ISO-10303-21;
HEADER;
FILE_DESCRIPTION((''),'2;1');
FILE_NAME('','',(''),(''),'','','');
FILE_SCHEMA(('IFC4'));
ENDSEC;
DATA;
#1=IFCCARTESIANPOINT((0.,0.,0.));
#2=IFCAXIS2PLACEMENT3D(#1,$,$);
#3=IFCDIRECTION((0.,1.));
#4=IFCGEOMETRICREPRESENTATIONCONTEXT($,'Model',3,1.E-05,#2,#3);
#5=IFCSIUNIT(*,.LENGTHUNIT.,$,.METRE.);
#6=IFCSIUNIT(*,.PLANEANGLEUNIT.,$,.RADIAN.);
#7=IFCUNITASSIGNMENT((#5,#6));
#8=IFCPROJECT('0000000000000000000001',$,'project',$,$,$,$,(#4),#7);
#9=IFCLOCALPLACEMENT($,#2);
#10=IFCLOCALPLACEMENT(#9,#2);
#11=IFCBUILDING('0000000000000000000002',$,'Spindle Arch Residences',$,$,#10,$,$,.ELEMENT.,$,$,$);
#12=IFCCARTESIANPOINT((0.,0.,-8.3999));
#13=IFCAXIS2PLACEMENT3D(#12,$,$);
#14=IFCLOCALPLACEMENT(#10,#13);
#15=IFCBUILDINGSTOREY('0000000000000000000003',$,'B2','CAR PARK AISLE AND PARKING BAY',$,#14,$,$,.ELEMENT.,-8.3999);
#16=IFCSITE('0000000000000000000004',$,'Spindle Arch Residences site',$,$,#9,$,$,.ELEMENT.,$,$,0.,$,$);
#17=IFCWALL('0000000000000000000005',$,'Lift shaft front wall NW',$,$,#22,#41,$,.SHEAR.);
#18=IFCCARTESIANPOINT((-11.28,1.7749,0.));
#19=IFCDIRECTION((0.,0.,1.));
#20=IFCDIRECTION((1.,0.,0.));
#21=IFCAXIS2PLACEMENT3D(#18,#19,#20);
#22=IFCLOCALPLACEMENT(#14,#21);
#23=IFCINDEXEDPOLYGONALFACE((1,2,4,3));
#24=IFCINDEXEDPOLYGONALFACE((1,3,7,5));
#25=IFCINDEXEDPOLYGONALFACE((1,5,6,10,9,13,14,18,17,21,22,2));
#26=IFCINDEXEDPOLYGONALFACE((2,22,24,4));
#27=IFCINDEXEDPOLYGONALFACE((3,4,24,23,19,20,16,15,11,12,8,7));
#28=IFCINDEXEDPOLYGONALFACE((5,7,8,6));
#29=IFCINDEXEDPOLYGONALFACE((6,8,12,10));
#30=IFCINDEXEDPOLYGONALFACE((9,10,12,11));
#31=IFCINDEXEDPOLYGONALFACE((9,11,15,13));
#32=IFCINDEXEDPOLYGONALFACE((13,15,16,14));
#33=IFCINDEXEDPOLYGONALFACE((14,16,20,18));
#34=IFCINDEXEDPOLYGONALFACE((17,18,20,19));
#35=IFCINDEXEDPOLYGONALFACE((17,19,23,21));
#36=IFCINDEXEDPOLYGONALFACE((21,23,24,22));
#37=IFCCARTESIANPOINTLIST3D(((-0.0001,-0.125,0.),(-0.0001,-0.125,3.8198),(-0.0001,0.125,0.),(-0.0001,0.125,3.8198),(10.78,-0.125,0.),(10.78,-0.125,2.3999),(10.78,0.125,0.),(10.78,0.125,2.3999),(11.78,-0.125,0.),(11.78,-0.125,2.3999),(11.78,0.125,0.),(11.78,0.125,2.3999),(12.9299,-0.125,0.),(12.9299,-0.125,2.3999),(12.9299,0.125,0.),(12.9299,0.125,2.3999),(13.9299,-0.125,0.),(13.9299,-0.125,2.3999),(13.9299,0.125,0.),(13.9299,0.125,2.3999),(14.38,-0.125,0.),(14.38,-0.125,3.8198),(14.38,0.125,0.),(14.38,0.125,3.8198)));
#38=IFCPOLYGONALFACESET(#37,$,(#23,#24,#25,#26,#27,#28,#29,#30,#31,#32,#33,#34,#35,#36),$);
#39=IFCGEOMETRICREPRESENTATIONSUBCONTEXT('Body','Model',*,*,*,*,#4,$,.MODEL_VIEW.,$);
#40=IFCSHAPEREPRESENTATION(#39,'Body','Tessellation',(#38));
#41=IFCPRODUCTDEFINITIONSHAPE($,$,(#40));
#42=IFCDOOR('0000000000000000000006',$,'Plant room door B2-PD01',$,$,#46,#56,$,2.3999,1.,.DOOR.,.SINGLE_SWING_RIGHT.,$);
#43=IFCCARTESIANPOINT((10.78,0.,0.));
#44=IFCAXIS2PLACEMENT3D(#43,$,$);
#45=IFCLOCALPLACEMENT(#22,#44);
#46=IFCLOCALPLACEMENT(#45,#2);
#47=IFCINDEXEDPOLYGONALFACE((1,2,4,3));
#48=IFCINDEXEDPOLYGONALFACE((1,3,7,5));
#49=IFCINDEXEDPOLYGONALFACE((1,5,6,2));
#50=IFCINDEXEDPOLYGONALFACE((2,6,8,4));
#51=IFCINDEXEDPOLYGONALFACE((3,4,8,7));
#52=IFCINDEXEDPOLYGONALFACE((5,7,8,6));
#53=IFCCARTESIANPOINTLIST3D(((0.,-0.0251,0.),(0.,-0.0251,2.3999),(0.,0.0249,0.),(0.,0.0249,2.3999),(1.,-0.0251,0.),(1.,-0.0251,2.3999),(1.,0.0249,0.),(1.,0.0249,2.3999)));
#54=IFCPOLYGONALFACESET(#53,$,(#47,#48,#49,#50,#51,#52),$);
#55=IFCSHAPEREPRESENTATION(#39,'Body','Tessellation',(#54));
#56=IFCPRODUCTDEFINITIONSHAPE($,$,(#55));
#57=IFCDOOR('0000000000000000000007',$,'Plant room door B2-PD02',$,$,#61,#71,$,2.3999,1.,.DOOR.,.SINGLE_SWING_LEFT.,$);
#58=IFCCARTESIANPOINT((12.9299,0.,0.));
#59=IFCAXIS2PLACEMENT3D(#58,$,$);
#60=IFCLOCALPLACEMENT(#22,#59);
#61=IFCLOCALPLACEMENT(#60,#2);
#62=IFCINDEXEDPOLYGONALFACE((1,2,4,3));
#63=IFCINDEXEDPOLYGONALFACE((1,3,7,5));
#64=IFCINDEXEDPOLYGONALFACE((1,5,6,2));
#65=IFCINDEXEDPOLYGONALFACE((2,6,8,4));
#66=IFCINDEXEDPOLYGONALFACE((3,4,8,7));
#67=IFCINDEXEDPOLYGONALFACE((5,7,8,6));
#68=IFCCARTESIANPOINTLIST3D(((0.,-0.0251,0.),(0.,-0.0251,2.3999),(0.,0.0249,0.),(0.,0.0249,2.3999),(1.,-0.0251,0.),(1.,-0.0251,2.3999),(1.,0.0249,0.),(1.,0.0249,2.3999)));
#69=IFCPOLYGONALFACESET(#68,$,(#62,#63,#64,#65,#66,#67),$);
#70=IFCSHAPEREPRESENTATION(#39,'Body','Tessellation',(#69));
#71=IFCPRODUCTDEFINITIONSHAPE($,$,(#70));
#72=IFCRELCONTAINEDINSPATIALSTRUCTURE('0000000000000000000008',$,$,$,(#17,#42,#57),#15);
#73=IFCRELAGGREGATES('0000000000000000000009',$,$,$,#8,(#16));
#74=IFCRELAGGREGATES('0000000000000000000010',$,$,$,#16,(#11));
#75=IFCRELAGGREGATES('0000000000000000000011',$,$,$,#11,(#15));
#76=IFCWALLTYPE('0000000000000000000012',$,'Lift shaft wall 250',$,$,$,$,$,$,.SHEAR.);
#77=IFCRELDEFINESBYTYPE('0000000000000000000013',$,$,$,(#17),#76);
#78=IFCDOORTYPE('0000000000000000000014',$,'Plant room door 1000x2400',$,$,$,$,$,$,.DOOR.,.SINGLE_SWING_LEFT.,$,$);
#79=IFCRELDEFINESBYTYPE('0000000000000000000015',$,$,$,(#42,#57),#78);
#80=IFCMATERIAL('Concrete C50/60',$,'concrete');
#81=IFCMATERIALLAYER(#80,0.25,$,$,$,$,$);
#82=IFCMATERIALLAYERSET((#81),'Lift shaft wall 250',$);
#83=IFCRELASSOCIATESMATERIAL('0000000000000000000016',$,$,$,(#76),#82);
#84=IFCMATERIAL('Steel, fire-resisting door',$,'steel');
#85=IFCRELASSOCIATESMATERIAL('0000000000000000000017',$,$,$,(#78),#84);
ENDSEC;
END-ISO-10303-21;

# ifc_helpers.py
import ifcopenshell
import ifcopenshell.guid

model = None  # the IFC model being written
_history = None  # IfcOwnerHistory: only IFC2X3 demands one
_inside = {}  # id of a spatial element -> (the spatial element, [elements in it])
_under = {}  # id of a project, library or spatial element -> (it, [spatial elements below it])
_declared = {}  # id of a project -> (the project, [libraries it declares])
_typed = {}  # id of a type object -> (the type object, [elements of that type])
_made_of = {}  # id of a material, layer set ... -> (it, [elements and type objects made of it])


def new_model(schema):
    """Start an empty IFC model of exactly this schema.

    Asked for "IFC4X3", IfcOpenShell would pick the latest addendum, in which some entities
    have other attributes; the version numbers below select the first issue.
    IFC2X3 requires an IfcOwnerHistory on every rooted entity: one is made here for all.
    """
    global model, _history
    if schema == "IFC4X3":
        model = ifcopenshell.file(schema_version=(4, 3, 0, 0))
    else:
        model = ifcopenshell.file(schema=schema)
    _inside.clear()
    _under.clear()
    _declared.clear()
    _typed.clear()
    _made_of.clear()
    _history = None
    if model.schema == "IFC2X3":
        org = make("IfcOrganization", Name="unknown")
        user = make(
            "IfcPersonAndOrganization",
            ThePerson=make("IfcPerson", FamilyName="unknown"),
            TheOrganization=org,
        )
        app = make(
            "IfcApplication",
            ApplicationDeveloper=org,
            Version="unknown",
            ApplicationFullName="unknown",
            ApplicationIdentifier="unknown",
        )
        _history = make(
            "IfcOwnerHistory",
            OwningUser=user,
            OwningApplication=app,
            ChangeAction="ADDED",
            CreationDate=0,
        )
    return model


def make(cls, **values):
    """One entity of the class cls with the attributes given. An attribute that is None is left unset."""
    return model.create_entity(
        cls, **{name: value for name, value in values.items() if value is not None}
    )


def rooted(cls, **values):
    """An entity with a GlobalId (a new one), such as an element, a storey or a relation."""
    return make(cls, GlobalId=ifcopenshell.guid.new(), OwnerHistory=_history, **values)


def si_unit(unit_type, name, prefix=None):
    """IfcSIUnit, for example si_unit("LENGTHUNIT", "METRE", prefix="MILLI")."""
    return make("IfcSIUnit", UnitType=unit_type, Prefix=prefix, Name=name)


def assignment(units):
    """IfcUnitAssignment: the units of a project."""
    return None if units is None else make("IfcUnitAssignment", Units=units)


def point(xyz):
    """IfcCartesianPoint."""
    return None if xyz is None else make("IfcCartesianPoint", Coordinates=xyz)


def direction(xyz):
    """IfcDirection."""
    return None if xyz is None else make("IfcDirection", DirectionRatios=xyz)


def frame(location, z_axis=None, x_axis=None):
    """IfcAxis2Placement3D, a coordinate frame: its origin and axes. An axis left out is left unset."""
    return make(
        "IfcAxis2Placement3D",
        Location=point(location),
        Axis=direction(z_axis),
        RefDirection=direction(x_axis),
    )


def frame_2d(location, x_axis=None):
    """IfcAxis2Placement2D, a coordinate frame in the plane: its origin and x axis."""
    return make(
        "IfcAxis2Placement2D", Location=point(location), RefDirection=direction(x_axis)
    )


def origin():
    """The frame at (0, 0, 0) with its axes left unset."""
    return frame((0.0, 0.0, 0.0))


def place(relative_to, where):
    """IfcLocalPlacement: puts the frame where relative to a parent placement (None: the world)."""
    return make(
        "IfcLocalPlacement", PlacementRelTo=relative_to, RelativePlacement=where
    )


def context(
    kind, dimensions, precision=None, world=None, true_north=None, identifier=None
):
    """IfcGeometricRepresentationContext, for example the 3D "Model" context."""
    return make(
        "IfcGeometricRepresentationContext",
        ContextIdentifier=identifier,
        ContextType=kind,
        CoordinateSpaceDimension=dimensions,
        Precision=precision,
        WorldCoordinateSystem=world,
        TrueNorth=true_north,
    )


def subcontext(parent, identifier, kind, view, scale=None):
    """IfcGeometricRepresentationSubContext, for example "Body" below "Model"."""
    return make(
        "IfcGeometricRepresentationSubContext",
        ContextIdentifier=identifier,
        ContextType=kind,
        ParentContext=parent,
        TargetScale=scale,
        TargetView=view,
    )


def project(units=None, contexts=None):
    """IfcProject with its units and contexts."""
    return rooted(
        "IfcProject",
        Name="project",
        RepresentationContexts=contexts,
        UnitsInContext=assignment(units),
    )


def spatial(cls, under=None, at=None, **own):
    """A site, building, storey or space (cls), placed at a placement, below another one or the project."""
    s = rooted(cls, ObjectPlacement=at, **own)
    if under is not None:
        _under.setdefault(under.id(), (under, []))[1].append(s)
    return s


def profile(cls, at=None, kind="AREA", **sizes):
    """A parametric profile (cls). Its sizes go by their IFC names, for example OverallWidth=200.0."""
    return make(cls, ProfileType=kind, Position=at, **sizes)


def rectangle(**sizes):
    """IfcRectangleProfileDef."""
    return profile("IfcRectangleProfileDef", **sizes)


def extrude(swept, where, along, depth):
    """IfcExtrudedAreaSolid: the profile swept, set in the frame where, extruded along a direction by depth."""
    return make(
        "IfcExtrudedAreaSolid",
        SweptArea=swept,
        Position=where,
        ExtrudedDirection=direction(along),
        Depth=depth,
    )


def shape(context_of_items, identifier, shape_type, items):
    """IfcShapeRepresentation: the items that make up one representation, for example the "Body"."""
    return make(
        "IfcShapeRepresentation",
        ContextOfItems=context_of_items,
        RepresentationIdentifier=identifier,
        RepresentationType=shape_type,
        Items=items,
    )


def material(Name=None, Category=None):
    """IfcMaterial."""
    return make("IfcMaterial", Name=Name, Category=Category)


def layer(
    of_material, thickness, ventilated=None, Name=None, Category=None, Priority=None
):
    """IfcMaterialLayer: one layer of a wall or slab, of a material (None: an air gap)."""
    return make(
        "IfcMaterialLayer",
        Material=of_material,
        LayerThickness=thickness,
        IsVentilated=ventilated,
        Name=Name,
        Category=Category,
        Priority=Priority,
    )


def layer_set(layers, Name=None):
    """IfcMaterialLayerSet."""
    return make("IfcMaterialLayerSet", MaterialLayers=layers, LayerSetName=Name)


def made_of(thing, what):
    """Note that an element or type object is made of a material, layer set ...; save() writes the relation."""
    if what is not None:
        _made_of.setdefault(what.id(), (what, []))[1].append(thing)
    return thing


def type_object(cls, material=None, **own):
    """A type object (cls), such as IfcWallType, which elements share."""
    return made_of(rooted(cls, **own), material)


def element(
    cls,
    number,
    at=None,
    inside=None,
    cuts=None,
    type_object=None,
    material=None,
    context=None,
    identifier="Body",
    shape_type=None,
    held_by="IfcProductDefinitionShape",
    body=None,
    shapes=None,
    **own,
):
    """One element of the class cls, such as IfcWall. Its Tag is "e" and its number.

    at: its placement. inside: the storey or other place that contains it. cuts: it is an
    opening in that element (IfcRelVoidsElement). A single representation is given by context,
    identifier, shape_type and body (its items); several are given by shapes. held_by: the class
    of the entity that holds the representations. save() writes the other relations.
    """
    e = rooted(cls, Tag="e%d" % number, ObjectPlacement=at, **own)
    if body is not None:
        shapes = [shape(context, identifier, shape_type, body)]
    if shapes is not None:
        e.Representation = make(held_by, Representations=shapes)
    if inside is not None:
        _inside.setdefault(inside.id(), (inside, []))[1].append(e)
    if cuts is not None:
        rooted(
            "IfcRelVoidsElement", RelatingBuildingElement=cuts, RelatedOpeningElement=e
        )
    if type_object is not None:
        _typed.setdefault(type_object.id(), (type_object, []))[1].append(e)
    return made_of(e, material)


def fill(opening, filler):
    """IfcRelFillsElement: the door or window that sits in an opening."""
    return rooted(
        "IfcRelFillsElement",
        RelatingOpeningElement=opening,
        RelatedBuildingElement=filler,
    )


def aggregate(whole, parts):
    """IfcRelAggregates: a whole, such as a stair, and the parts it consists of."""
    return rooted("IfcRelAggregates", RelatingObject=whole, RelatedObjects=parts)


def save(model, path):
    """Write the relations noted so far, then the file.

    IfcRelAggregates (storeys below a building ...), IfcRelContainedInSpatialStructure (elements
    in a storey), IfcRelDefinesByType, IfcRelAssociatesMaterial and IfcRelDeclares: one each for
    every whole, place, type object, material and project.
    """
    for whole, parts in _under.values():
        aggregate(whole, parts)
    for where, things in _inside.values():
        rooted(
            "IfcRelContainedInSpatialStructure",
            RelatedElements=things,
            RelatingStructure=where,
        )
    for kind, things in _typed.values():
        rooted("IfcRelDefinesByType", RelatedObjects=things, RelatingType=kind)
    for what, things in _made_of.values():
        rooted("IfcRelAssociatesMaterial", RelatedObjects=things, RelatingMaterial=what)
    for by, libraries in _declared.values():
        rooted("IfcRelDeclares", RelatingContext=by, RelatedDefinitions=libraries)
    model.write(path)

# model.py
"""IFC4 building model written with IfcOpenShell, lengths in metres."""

from ifc_helpers import new_model, si_unit, direction, frame, frame_2d, origin, place, context, subcontext, project, spatial, rectangle, extrude, material, layer, layer_set, type_object, element, fill, save


model = new_model("IFC4")

# Units and contexts
model_context = context("Model", 3, precision=1e-05, world=origin(), true_north=direction((0.0, 1.0)))
body_context = subcontext(model_context, "Body", "Model", "MODEL_VIEW")
ifc_project = project(units=[si_unit("LENGTHUNIT", "METRE"), si_unit("PLANEANGLEUNIT", "RADIAN")], contexts=[model_context])

# Site, building, storey
site_placement = place(None, origin())
site = spatial("IfcSite", under=ifc_project, at=site_placement, Name="Spindle Arch Residences site", CompositionType="ELEMENT", RefElevation=0.0)
building_placement = place(site_placement, origin())
building = spatial("IfcBuilding", under=site, at=building_placement, Name="Spindle Arch Residences", CompositionType="ELEMENT")
storey_placement = place(building_placement, frame((0.0, 0.0, -8.3999)))
storey = spatial("IfcBuildingStorey", under=building, at=storey_placement, Name="B2", Description="CAR PARK AISLE AND PARKING BAY", CompositionType="ELEMENT", Elevation=-8.3999)

# Wall, openings, doors
ifc_material_1 = material(Name="Concrete C50/60", Category="concrete")
ifc_layer_1 = layer(ifc_material_1, 0.25)
ifc_layer_set_1 = layer_set([ifc_layer_1], Name="Lift shaft wall 250")
wall_type_1 = type_object("IfcWallType", Name="Lift shaft wall 250", PredefinedType="SHEAR", material=ifc_layer_set_1)
wall_1_placement = place(storey_placement, frame((-11.28, 1.7749, 0.0), z_axis=(0.0, 0.0, 1.0), x_axis=(1.0, 0.0, 0.0)))
wall_1 = element("IfcWall", 1, at=wall_1_placement, inside=storey, type_object=wall_type_1, Name="Lift shaft front wall NW", PredefinedType="SHEAR", context=body_context, shape_type="SweptSolid", body=[
    extrude(rectangle(XDim=14.3801, YDim=0.25, at=frame_2d((7.1899, 0.0))), origin(), (0.0, 0.0, 1.0), 3.8198),
])
opening_1_placement = place(wall_1_placement, frame((10.78, 0.0, 0.0)))
opening_1 = element("IfcOpeningElement", 2, at=opening_1_placement, cuts=wall_1, PredefinedType="OPENING", context=body_context, shape_type="SweptSolid", body=[
    extrude(rectangle(XDim=1.0, YDim=2.3999, at=frame_2d((0.5, 1.2))), frame((0.0, 0.135, 0.0), z_axis=(0.0, -1.0, 0.0), x_axis=(1.0, 0.0, 0.0)), (0.0, 0.0, 1.0), 0.27),
])
opening_2_placement = place(wall_1_placement, frame((12.9299, 0.0, 0.0)))
opening_2 = element("IfcOpeningElement", 3, at=opening_2_placement, cuts=wall_1, PredefinedType="OPENING", context=body_context, shape_type="SweptSolid", body=[
    extrude(rectangle(XDim=1.0, YDim=2.3999, at=frame_2d((0.5, 1.2))), frame((0.0, 0.135, 0.0), z_axis=(0.0, -1.0, 0.0), x_axis=(1.0, 0.0, 0.0)), (0.0, 0.0, 1.0), 0.27),
])
ifc_material_2 = material(Name="Steel, fire-resisting door", Category="steel")
door_type_1 = type_object("IfcDoorType", Name="Plant room door 1000x2400", OperationType="SINGLE_SWING_LEFT", PredefinedType="DOOR", material=ifc_material_2)
door_1_placement = place(opening_1_placement, origin())
door_1 = element("IfcDoor", 4, at=door_1_placement, inside=storey, type_object=door_type_1, Name="Plant room door B2-PD01", OperationType="SINGLE_SWING_RIGHT", OverallHeight=2.3999, OverallWidth=1.0, PredefinedType="DOOR", context=body_context, shape_type="SweptSolid", body=[
    extrude(rectangle(XDim=1.0, YDim=2.3999, at=frame_2d((0.5, 1.2))), frame((0.0, 0.0249, 0.0), z_axis=(0.0, -1.0, 0.0), x_axis=(1.0, 0.0, 0.0)), (0.0, 0.0, 1.0), 0.05),
])
fill(opening_1, door_1)
door_2_placement = place(opening_2_placement, origin())
door_2 = element("IfcDoor", 5, at=door_2_placement, inside=storey, type_object=door_type_1, Name="Plant room door B2-PD02", OperationType="SINGLE_SWING_LEFT", OverallHeight=2.3999, OverallWidth=1.0, PredefinedType="DOOR", context=body_context, shape_type="SweptSolid", body=[
    extrude(rectangle(XDim=1.0, YDim=2.3999, at=frame_2d((0.5, 1.2))), frame((0.0, 0.0249, 0.0), z_axis=(0.0, -1.0, 0.0), x_axis=(1.0, 0.0, 0.0)), (0.0, 0.0, 1.0), 0.05),
])
fill(opening_2, door_2)

save(model, "model.ifc")
